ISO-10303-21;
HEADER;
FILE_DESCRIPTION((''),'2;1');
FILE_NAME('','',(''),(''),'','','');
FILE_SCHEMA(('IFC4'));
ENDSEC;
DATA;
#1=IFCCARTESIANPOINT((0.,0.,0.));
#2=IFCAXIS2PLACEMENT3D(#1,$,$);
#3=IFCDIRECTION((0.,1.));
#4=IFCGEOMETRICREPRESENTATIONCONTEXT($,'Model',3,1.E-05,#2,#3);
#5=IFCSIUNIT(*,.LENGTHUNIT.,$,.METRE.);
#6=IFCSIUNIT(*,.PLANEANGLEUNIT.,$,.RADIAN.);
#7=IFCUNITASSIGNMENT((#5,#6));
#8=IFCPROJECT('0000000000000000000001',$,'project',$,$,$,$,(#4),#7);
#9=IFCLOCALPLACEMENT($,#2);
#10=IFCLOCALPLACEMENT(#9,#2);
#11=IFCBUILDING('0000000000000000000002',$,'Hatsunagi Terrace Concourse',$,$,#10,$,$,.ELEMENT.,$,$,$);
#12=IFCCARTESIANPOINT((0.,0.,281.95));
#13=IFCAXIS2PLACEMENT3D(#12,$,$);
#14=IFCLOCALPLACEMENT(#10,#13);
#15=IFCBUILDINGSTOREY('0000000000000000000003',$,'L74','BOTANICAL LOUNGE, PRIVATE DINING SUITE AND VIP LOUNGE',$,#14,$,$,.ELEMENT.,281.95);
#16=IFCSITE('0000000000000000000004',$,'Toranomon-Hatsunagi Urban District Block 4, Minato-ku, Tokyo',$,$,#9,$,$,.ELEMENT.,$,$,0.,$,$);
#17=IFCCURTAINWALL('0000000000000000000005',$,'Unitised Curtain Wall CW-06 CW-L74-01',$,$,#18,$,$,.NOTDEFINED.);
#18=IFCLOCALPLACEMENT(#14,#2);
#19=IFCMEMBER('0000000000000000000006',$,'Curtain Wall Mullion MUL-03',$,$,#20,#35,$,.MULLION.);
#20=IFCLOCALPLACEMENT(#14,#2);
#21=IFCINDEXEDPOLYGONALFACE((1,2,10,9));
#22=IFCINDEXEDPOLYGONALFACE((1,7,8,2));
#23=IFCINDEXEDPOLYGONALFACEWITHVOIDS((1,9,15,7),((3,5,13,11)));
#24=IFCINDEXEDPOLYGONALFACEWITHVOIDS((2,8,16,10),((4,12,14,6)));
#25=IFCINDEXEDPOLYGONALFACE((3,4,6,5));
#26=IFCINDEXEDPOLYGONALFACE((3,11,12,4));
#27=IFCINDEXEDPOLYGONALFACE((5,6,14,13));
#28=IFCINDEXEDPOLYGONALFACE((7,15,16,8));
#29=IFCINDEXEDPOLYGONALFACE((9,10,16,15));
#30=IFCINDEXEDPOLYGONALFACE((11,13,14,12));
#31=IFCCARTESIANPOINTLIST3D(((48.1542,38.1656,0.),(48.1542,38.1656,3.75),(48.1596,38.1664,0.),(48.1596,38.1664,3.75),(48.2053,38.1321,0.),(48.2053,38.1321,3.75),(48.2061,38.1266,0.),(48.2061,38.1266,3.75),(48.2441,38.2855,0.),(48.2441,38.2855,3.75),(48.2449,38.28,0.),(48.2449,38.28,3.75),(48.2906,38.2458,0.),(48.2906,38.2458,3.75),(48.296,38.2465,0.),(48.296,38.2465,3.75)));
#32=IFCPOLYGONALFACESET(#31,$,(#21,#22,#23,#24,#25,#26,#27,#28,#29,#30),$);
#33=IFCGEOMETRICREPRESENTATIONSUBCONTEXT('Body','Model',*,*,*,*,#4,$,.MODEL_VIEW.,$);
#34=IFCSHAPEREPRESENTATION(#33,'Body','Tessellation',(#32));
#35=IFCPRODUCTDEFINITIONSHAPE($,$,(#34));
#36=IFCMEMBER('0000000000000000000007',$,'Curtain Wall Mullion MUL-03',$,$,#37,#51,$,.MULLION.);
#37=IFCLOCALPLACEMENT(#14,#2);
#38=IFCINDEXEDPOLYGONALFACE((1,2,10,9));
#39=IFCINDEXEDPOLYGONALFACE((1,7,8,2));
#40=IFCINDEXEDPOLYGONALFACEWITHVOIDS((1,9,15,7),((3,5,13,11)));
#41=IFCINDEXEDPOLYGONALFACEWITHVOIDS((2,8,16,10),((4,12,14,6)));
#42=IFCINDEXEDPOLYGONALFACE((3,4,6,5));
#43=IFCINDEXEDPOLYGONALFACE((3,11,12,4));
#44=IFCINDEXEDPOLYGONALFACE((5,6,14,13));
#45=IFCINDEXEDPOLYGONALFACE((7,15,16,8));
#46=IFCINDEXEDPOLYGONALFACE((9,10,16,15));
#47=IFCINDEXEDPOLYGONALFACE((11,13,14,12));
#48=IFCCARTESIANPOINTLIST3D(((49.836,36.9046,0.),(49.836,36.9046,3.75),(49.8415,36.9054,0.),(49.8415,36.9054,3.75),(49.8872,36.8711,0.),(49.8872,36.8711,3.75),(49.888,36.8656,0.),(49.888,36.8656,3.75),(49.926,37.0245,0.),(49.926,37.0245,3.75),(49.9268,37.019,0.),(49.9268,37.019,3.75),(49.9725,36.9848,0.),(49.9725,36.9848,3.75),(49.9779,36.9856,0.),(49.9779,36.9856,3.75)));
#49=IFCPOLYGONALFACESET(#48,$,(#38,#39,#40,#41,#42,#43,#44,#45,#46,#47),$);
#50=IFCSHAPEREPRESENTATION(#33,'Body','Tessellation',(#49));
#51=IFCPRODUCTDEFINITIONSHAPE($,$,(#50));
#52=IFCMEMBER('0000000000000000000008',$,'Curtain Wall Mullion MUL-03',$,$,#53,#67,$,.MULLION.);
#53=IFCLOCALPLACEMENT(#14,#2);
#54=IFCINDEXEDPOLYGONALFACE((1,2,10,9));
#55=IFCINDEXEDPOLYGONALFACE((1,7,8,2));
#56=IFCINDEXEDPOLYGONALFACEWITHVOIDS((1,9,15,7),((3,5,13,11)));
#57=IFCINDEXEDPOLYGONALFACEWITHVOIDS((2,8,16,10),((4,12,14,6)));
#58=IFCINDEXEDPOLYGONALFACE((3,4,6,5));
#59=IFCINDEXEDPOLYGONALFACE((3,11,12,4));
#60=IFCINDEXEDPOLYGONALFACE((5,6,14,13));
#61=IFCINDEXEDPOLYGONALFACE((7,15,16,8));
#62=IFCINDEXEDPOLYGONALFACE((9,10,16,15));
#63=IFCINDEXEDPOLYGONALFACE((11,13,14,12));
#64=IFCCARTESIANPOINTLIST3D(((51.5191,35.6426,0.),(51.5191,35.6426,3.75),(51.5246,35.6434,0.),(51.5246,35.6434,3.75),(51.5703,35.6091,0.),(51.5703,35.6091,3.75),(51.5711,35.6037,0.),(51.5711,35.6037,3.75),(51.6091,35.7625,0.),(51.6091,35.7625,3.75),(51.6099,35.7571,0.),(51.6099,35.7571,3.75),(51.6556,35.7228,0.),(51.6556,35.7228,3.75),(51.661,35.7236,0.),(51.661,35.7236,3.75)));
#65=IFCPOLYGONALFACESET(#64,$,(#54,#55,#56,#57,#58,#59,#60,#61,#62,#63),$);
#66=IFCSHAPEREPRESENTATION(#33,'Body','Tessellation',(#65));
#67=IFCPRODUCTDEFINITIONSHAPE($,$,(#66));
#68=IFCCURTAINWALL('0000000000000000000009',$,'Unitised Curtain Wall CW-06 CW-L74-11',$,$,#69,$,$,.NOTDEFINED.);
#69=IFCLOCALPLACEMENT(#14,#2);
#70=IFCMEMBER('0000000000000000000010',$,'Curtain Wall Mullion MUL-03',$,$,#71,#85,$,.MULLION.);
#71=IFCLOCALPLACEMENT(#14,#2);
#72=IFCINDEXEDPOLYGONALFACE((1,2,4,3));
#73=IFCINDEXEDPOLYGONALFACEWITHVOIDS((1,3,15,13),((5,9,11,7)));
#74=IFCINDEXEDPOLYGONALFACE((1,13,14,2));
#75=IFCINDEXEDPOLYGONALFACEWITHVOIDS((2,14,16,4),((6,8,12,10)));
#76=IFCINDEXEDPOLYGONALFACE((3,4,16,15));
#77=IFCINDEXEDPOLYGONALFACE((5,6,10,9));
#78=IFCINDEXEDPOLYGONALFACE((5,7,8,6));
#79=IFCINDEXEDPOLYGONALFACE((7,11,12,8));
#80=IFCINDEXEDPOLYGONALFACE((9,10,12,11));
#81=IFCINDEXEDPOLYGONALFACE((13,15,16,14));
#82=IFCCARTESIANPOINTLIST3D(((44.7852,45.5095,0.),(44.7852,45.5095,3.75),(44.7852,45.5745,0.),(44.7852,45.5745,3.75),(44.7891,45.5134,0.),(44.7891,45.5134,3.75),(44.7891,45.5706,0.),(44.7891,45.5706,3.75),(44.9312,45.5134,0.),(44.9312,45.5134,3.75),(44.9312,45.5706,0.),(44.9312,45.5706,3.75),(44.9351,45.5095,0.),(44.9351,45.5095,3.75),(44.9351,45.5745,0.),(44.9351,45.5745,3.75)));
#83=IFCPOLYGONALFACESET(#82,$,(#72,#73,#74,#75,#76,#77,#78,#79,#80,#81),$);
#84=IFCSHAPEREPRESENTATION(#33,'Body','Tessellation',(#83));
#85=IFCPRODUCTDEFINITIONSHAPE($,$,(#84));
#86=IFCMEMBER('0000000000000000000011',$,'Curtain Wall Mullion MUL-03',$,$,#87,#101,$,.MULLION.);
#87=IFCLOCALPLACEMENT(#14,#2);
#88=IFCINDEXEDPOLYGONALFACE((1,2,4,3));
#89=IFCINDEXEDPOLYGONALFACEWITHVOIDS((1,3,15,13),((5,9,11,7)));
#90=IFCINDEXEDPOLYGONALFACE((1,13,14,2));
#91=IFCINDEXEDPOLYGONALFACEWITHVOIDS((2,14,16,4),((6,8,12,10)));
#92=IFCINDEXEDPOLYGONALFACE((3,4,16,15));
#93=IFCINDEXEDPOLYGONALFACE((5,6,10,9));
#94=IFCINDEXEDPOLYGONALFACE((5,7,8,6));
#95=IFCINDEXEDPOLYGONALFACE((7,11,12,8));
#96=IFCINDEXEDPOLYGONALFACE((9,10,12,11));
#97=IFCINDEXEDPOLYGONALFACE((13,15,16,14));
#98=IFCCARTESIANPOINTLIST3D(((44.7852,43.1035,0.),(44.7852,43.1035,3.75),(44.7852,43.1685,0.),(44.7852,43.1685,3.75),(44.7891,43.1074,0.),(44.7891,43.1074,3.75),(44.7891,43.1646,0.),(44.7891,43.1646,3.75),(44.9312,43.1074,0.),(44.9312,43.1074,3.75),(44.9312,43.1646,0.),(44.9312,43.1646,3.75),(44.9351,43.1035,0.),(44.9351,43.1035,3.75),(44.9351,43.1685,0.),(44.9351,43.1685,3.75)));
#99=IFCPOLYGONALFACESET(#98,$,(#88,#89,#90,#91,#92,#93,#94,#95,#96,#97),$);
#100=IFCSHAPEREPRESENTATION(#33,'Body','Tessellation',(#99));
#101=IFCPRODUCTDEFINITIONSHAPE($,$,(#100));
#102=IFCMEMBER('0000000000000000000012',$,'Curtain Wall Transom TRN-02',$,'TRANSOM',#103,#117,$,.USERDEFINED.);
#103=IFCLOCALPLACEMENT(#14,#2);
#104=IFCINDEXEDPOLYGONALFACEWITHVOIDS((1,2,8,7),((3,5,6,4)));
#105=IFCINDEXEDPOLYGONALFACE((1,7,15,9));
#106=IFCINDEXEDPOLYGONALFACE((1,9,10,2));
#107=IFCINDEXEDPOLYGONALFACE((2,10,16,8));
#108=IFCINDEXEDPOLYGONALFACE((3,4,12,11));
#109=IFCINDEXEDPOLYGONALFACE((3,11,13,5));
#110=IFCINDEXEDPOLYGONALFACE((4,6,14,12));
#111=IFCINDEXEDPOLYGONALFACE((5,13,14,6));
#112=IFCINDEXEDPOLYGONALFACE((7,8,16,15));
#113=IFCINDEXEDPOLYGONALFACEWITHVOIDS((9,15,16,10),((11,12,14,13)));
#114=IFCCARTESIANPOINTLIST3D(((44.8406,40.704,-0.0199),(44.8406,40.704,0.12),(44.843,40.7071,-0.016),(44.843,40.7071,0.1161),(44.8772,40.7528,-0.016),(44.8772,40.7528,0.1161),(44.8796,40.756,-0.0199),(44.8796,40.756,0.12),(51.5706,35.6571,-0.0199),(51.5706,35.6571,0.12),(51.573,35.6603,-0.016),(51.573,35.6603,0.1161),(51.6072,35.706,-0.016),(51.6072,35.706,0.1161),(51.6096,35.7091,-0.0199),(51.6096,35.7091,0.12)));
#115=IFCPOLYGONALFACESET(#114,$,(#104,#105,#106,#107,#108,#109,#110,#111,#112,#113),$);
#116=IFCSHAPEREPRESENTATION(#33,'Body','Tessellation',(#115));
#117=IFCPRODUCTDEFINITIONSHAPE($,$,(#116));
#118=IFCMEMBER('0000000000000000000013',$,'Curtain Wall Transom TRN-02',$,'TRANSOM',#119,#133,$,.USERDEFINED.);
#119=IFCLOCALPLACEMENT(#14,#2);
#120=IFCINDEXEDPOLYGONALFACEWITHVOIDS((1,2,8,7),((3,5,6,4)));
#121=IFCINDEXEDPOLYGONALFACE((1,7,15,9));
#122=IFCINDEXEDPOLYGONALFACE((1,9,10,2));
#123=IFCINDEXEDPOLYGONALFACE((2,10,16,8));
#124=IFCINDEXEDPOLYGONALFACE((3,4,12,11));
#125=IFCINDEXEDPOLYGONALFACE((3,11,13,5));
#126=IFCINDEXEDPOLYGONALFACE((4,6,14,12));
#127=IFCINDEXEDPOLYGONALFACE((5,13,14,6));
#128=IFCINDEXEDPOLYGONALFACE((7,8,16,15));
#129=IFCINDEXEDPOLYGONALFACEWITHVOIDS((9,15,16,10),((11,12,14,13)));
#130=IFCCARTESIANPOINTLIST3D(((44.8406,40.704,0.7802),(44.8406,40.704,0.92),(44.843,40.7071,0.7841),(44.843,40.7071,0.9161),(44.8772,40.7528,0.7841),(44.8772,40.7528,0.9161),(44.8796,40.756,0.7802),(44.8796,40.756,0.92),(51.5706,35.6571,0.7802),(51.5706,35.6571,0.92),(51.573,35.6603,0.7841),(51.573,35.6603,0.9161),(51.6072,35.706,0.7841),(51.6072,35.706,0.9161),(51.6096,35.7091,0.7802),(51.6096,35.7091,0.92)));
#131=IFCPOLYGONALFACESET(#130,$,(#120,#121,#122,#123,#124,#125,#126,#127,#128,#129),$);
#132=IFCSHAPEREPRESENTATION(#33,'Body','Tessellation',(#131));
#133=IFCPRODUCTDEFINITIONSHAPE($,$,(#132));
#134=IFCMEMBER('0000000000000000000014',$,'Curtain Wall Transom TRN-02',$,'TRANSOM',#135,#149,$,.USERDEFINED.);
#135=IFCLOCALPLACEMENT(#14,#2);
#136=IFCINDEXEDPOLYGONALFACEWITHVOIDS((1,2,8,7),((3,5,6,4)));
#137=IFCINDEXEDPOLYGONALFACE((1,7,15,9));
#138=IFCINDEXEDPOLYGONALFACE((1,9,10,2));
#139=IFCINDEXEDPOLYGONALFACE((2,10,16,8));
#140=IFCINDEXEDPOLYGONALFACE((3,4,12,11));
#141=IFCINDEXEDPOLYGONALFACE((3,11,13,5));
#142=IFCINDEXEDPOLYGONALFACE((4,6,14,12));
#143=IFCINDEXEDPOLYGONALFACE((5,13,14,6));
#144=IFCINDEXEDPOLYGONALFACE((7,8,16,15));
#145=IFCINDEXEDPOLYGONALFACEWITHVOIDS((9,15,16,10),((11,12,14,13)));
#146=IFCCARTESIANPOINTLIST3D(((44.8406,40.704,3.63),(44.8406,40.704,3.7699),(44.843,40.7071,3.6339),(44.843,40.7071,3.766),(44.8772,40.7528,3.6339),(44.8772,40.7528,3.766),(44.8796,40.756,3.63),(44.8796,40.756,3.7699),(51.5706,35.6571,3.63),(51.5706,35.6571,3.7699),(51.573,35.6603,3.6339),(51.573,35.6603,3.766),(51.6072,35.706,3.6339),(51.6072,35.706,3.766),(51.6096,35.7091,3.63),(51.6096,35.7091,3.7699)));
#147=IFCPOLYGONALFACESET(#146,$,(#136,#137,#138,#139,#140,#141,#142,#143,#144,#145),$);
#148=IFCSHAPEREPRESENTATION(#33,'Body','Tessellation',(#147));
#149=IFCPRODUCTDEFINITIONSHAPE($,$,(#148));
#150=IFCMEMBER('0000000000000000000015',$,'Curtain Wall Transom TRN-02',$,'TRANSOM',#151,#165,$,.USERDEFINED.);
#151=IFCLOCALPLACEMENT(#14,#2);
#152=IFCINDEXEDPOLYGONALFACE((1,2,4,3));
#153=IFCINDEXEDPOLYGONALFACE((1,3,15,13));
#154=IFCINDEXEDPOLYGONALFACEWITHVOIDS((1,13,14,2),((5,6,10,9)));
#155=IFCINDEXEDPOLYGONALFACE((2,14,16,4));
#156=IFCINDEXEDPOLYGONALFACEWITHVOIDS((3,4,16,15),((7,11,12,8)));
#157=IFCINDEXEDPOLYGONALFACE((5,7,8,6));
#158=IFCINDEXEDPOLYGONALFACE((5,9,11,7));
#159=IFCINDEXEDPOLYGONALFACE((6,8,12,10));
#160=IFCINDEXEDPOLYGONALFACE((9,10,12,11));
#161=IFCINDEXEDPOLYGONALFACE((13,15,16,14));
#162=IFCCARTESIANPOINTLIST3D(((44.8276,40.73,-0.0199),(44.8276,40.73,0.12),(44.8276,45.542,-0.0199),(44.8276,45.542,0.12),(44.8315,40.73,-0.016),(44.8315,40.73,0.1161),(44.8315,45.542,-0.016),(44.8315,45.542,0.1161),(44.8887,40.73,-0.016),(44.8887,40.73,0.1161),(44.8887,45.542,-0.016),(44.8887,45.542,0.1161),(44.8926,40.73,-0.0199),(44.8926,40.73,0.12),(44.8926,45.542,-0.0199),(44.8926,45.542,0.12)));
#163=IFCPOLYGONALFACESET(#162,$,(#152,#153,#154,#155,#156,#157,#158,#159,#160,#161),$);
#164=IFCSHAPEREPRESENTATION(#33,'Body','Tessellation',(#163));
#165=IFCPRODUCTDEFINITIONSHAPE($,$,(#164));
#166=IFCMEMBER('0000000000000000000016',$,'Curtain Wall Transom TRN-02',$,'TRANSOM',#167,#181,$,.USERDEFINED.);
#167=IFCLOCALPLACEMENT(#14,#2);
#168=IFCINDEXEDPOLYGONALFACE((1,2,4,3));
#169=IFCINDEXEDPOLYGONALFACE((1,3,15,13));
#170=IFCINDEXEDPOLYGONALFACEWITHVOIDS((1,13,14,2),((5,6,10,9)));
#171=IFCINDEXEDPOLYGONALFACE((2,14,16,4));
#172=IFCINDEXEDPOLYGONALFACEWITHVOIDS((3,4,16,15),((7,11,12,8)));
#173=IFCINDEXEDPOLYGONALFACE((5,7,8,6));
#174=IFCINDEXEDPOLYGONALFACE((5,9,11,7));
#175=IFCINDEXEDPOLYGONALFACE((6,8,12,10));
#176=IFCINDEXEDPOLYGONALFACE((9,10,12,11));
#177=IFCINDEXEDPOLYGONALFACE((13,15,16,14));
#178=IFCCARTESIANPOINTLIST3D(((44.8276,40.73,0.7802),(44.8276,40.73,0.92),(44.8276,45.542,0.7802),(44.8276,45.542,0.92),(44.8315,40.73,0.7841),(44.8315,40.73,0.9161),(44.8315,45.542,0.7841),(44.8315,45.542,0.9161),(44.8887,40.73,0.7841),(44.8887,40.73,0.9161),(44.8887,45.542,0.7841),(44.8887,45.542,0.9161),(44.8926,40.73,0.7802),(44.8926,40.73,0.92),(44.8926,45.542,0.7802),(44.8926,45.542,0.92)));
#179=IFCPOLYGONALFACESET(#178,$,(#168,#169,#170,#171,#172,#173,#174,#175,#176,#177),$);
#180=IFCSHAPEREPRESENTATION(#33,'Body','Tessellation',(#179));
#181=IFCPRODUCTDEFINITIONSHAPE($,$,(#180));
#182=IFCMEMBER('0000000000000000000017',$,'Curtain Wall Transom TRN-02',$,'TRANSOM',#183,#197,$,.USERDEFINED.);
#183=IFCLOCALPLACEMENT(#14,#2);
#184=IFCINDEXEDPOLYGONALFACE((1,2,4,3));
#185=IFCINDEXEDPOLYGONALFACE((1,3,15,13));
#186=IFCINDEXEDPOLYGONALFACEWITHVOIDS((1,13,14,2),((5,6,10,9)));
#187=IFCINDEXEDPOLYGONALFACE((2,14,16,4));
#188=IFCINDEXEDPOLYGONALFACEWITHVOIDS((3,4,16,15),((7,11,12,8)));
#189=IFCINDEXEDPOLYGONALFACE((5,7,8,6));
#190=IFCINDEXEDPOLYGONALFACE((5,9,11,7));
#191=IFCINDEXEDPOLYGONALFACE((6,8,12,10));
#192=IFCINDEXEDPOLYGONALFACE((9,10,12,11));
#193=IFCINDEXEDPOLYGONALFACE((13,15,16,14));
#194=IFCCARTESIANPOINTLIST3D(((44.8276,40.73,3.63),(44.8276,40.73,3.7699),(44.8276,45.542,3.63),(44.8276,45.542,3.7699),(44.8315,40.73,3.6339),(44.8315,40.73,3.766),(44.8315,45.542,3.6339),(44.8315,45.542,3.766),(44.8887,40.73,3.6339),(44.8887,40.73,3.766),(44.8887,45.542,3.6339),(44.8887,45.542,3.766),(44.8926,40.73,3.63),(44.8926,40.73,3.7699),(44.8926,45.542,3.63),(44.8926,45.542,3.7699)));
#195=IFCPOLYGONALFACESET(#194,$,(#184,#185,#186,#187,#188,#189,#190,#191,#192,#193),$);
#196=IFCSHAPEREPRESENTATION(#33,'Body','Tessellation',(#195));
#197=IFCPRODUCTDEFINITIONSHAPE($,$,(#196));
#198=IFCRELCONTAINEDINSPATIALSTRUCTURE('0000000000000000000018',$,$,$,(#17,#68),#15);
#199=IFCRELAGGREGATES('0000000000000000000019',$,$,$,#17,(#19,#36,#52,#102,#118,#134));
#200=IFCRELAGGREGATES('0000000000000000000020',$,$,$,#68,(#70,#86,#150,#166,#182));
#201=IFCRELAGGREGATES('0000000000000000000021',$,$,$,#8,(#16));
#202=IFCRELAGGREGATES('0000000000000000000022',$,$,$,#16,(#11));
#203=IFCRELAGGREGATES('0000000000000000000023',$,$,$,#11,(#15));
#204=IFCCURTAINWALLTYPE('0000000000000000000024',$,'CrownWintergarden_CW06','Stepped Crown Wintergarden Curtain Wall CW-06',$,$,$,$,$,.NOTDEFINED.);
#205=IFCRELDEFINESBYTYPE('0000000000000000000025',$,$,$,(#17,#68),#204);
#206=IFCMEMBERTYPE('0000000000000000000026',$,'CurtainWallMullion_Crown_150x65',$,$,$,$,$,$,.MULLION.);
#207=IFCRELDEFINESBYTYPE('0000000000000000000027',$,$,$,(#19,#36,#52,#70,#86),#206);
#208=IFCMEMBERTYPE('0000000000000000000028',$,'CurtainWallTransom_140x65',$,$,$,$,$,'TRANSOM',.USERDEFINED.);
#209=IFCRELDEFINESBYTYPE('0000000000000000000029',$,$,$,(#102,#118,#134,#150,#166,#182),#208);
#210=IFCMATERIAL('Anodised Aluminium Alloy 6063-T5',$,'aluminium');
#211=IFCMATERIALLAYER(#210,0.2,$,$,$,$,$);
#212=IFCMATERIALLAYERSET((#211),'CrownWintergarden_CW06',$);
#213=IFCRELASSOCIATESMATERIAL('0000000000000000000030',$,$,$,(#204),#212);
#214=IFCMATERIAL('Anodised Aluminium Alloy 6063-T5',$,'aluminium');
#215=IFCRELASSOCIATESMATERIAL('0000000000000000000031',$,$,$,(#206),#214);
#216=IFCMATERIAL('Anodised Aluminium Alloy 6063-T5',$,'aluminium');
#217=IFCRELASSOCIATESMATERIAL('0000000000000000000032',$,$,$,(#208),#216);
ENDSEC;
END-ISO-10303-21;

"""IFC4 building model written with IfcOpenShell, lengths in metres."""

from ifc_helpers import new_model, si_unit, direction, frame, origin, origin_2d, place, context, subcontext, project, spatial, hollow_rectangle, extrude, material, layer, layer_set, material_profile, profile_set, type_object, element, aggregate, save


model = new_model("IFC4")

# Units and contexts
model_context = context("Model", 3, precision=1e-05, world=origin(), true_north=direction((0.0, 1.0)))
body_context = subcontext(model_context, "Body", "Model", "MODEL_VIEW")
ifc_project = project(units=[si_unit("LENGTHUNIT", "METRE"), si_unit("PLANEANGLEUNIT", "RADIAN")], contexts=[model_context])

# Site, building, storey
site_placement = place(None, origin())
site = spatial("IfcSite", under=ifc_project, at=site_placement, Name="Toranomon-Hatsunagi Urban District Block 4, Minato-ku, Tokyo", CompositionType="ELEMENT", RefElevation=0.0)
building_placement = place(site_placement, origin())
building = spatial("IfcBuilding", under=site, at=building_placement, Name="Hatsunagi Terrace Concourse", CompositionType="ELEMENT")
storey_placement = place(building_placement, frame((0.0, 0.0, 281.95)))
storey = spatial("IfcBuildingStorey", under=building, at=storey_placement, Name="L74", Description="BOTANICAL LOUNGE, PRIVATE DINING SUITE AND VIP LOUNGE", CompositionType="ELEMENT", Elevation=281.95)

# Curtain walls, members
ifc_material_1 = material(Name="Anodised Aluminium Alloy 6063-T5", Category="aluminium")
ifc_layer_1 = layer(ifc_material_1, 0.2)
ifc_layer_set_1 = layer_set([ifc_layer_1], Name="CrownWintergarden_CW06")
curtain_wall_type = type_object("IfcCurtainWallType", Name="CrownWintergarden_CW06", Description="Stepped Crown Wintergarden Curtain Wall CW-06", PredefinedType="NOTDEFINED", material=ifc_layer_set_1)
curtain_wall_1_placement = place(storey_placement, origin())
curtain_wall_1 = element("IfcCurtainWall", 1, at=curtain_wall_1_placement, inside=storey, type_object=curtain_wall_type, Name="Unitised Curtain Wall CW-06 CW-L74-01", PredefinedType="NOTDEFINED")
ifc_material_2 = material(Name="Anodised Aluminium Alloy 6063-T5", Category="aluminium")
ifc_material_profile_1 = material_profile(ifc_material_2, hollow_rectangle(XDim=0.0649, YDim=0.1499, WallThickness=0.0039, at=origin_2d()), Name="ALU-MUL-150x65x4")
ifc_profile_set_1 = profile_set([ifc_material_profile_1], Name="Anodised Aluminium Alloy 6063-T5")
member_type_1 = type_object("IfcMemberType", Name="CurtainWallMullion_Crown_150x65", PredefinedType="MULLION", material=ifc_profile_set_1)
member_1_placement = place(storey_placement, frame((48.2251, 38.2061, 0.0), z_axis=(0.0, 0.0, 1.0), x_axis=(0.800028, -0.599962, 0.0)))
member_1 = element("IfcMember", 2, at=member_1_placement, type_object=member_type_1, Name="Curtain Wall Mullion MUL-03", PredefinedType="MULLION", context=body_context, shape_type="SweptSolid", body=[
    extrude(hollow_rectangle(XDim=0.0649, YDim=0.1499, WallThickness=0.0039, at=origin_2d()), origin(), (0.0, 0.0, 1.0), 3.75),
])
member_2_placement = place(storey_placement, frame((49.907, 36.9451, 0.0), z_axis=(0.0, 0.0, 1.0), x_axis=(0.800028, -0.599962, 0.0)))
member_2 = element("IfcMember", 3, at=member_2_placement, type_object=member_type_1, Name="Curtain Wall Mullion MUL-03", PredefinedType="MULLION", context=body_context, shape_type="SweptSolid", body=[
    extrude(hollow_rectangle(XDim=0.0649, YDim=0.1499, WallThickness=0.0039, at=origin_2d()), origin(), (0.0, 0.0, 1.0), 3.75),
])
member_3_placement = place(storey_placement, frame((51.5901, 35.6831, 0.0), z_axis=(0.0, 0.0, 1.0), x_axis=(0.800028, -0.599962, 0.0)))
member_3 = element("IfcMember", 4, at=member_3_placement, type_object=member_type_1, Name="Curtain Wall Mullion MUL-03", PredefinedType="MULLION", context=body_context, shape_type="SweptSolid", body=[
    extrude(hollow_rectangle(XDim=0.0649, YDim=0.1499, WallThickness=0.0039, at=origin_2d()), origin(), (0.0, 0.0, 1.0), 3.75),
])
curtain_wall_2_placement = place(storey_placement, origin())
curtain_wall_2 = element("IfcCurtainWall", 5, at=curtain_wall_2_placement, inside=storey, type_object=curtain_wall_type, Name="Unitised Curtain Wall CW-06 CW-L74-11", PredefinedType="NOTDEFINED")
member_4_placement = place(storey_placement, frame((44.8601, 45.542, 0.0), z_axis=(0.0, 0.0, 1.0), x_axis=(0.0, -1.0, 0.0)))
member_4 = element("IfcMember", 6, at=member_4_placement, type_object=member_type_1, Name="Curtain Wall Mullion MUL-03", PredefinedType="MULLION", context=body_context, shape_type="SweptSolid", body=[
    extrude(hollow_rectangle(XDim=0.0649, YDim=0.1499, WallThickness=0.0039, at=origin_2d()), origin(), (0.0, 0.0, 1.0), 3.75),
])
member_5_placement = place(storey_placement, frame((44.8601, 43.136, 0.0), z_axis=(0.0, 0.0, 1.0), x_axis=(0.0, -1.0, 0.0)))
member_5 = element("IfcMember", 7, at=member_5_placement, type_object=member_type_1, Name="Curtain Wall Mullion MUL-03", PredefinedType="MULLION", context=body_context, shape_type="SweptSolid", body=[
    extrude(hollow_rectangle(XDim=0.0649, YDim=0.1499, WallThickness=0.0039, at=origin_2d()), origin(), (0.0, 0.0, 1.0), 3.75),
])

# Members
ifc_material_3 = material(Name="Anodised Aluminium Alloy 6063-T5", Category="aluminium")
ifc_material_profile_2 = material_profile(ifc_material_3, hollow_rectangle(XDim=0.0649, YDim=0.1399, WallThickness=0.0039, at=origin_2d()), Name="ALU-TRN-140x65x4")
ifc_profile_set_2 = profile_set([ifc_material_profile_2], Name="Anodised Aluminium Alloy 6063-T5")
member_type_2 = type_object("IfcMemberType", Name="CurtainWallTransom_140x65", ElementType="TRANSOM", PredefinedType="USERDEFINED", material=ifc_profile_set_2)
member_6_placement = place(storey_placement, frame((44.8601, 40.73, 0.05), z_axis=(0.800035, -0.599954, 0.0), x_axis=(0.599954, 0.800035, 0.0)))
member_6 = element("IfcMember", 8, at=member_6_placement, type_object=member_type_2, Name="Curtain Wall Transom TRN-02", ObjectType="TRANSOM", PredefinedType="USERDEFINED", context=body_context, shape_type="SweptSolid", body=[
    extrude(hollow_rectangle(XDim=0.0649, YDim=0.1399, WallThickness=0.0039, at=origin_2d()), origin(), (0.0, 0.0, 1.0), 8.4121),
])
member_7_placement = place(storey_placement, frame((44.8601, 40.73, 0.8501), z_axis=(0.800035, -0.599954, 0.0), x_axis=(0.599954, 0.800035, 0.0)))
member_7 = element("IfcMember", 9, at=member_7_placement, type_object=member_type_2, Name="Curtain Wall Transom TRN-02", ObjectType="TRANSOM", PredefinedType="USERDEFINED", context=body_context, shape_type="SweptSolid", body=[
    extrude(hollow_rectangle(XDim=0.0649, YDim=0.1399, WallThickness=0.0039, at=origin_2d()), origin(), (0.0, 0.0, 1.0), 8.4121),
])
member_8_placement = place(storey_placement, frame((44.8601, 40.73, 3.7), z_axis=(0.800035, -0.599954, 0.0), x_axis=(0.599954, 0.800035, 0.0)))
member_8 = element("IfcMember", 10, at=member_8_placement, type_object=member_type_2, Name="Curtain Wall Transom TRN-02", ObjectType="TRANSOM", PredefinedType="USERDEFINED", context=body_context, shape_type="SweptSolid", body=[
    extrude(hollow_rectangle(XDim=0.0649, YDim=0.1399, WallThickness=0.0039, at=origin_2d()), origin(), (0.0, 0.0, 1.0), 8.4121),
])
member_9_placement = place(storey_placement, frame((44.8601, 45.542, 0.05), z_axis=(0.0, -1.0, 0.0), x_axis=(1.0, 0.0, 0.0)))
member_9 = element("IfcMember", 11, at=member_9_placement, type_object=member_type_2, Name="Curtain Wall Transom TRN-02", ObjectType="TRANSOM", PredefinedType="USERDEFINED", context=body_context, shape_type="SweptSolid", body=[
    extrude(hollow_rectangle(XDim=0.0649, YDim=0.1399, WallThickness=0.0039, at=origin_2d()), origin(), (0.0, 0.0, 1.0), 4.812),
])
member_10_placement = place(storey_placement, frame((44.8601, 45.542, 0.8501), z_axis=(0.0, -1.0, 0.0), x_axis=(1.0, 0.0, 0.0)))
member_10 = element("IfcMember", 12, at=member_10_placement, type_object=member_type_2, Name="Curtain Wall Transom TRN-02", ObjectType="TRANSOM", PredefinedType="USERDEFINED", context=body_context, shape_type="SweptSolid", body=[
    extrude(hollow_rectangle(XDim=0.0649, YDim=0.1399, WallThickness=0.0039, at=origin_2d()), origin(), (0.0, 0.0, 1.0), 4.812),
])
member_11_placement = place(storey_placement, frame((44.8601, 45.542, 3.7), z_axis=(0.0, -1.0, 0.0), x_axis=(1.0, 0.0, 0.0)))
member_11 = element("IfcMember", 13, at=member_11_placement, type_object=member_type_2, Name="Curtain Wall Transom TRN-02", ObjectType="TRANSOM", PredefinedType="USERDEFINED", context=body_context, shape_type="SweptSolid", body=[
    extrude(hollow_rectangle(XDim=0.0649, YDim=0.1399, WallThickness=0.0039, at=origin_2d()), origin(), (0.0, 0.0, 1.0), 4.812),
])

aggregate(curtain_wall_1, [member_1, member_2, member_3, member_6, member_7, member_8])
aggregate(curtain_wall_2, [member_4, member_5, member_9, member_10, member_11])

save(model, "model.ifc")
